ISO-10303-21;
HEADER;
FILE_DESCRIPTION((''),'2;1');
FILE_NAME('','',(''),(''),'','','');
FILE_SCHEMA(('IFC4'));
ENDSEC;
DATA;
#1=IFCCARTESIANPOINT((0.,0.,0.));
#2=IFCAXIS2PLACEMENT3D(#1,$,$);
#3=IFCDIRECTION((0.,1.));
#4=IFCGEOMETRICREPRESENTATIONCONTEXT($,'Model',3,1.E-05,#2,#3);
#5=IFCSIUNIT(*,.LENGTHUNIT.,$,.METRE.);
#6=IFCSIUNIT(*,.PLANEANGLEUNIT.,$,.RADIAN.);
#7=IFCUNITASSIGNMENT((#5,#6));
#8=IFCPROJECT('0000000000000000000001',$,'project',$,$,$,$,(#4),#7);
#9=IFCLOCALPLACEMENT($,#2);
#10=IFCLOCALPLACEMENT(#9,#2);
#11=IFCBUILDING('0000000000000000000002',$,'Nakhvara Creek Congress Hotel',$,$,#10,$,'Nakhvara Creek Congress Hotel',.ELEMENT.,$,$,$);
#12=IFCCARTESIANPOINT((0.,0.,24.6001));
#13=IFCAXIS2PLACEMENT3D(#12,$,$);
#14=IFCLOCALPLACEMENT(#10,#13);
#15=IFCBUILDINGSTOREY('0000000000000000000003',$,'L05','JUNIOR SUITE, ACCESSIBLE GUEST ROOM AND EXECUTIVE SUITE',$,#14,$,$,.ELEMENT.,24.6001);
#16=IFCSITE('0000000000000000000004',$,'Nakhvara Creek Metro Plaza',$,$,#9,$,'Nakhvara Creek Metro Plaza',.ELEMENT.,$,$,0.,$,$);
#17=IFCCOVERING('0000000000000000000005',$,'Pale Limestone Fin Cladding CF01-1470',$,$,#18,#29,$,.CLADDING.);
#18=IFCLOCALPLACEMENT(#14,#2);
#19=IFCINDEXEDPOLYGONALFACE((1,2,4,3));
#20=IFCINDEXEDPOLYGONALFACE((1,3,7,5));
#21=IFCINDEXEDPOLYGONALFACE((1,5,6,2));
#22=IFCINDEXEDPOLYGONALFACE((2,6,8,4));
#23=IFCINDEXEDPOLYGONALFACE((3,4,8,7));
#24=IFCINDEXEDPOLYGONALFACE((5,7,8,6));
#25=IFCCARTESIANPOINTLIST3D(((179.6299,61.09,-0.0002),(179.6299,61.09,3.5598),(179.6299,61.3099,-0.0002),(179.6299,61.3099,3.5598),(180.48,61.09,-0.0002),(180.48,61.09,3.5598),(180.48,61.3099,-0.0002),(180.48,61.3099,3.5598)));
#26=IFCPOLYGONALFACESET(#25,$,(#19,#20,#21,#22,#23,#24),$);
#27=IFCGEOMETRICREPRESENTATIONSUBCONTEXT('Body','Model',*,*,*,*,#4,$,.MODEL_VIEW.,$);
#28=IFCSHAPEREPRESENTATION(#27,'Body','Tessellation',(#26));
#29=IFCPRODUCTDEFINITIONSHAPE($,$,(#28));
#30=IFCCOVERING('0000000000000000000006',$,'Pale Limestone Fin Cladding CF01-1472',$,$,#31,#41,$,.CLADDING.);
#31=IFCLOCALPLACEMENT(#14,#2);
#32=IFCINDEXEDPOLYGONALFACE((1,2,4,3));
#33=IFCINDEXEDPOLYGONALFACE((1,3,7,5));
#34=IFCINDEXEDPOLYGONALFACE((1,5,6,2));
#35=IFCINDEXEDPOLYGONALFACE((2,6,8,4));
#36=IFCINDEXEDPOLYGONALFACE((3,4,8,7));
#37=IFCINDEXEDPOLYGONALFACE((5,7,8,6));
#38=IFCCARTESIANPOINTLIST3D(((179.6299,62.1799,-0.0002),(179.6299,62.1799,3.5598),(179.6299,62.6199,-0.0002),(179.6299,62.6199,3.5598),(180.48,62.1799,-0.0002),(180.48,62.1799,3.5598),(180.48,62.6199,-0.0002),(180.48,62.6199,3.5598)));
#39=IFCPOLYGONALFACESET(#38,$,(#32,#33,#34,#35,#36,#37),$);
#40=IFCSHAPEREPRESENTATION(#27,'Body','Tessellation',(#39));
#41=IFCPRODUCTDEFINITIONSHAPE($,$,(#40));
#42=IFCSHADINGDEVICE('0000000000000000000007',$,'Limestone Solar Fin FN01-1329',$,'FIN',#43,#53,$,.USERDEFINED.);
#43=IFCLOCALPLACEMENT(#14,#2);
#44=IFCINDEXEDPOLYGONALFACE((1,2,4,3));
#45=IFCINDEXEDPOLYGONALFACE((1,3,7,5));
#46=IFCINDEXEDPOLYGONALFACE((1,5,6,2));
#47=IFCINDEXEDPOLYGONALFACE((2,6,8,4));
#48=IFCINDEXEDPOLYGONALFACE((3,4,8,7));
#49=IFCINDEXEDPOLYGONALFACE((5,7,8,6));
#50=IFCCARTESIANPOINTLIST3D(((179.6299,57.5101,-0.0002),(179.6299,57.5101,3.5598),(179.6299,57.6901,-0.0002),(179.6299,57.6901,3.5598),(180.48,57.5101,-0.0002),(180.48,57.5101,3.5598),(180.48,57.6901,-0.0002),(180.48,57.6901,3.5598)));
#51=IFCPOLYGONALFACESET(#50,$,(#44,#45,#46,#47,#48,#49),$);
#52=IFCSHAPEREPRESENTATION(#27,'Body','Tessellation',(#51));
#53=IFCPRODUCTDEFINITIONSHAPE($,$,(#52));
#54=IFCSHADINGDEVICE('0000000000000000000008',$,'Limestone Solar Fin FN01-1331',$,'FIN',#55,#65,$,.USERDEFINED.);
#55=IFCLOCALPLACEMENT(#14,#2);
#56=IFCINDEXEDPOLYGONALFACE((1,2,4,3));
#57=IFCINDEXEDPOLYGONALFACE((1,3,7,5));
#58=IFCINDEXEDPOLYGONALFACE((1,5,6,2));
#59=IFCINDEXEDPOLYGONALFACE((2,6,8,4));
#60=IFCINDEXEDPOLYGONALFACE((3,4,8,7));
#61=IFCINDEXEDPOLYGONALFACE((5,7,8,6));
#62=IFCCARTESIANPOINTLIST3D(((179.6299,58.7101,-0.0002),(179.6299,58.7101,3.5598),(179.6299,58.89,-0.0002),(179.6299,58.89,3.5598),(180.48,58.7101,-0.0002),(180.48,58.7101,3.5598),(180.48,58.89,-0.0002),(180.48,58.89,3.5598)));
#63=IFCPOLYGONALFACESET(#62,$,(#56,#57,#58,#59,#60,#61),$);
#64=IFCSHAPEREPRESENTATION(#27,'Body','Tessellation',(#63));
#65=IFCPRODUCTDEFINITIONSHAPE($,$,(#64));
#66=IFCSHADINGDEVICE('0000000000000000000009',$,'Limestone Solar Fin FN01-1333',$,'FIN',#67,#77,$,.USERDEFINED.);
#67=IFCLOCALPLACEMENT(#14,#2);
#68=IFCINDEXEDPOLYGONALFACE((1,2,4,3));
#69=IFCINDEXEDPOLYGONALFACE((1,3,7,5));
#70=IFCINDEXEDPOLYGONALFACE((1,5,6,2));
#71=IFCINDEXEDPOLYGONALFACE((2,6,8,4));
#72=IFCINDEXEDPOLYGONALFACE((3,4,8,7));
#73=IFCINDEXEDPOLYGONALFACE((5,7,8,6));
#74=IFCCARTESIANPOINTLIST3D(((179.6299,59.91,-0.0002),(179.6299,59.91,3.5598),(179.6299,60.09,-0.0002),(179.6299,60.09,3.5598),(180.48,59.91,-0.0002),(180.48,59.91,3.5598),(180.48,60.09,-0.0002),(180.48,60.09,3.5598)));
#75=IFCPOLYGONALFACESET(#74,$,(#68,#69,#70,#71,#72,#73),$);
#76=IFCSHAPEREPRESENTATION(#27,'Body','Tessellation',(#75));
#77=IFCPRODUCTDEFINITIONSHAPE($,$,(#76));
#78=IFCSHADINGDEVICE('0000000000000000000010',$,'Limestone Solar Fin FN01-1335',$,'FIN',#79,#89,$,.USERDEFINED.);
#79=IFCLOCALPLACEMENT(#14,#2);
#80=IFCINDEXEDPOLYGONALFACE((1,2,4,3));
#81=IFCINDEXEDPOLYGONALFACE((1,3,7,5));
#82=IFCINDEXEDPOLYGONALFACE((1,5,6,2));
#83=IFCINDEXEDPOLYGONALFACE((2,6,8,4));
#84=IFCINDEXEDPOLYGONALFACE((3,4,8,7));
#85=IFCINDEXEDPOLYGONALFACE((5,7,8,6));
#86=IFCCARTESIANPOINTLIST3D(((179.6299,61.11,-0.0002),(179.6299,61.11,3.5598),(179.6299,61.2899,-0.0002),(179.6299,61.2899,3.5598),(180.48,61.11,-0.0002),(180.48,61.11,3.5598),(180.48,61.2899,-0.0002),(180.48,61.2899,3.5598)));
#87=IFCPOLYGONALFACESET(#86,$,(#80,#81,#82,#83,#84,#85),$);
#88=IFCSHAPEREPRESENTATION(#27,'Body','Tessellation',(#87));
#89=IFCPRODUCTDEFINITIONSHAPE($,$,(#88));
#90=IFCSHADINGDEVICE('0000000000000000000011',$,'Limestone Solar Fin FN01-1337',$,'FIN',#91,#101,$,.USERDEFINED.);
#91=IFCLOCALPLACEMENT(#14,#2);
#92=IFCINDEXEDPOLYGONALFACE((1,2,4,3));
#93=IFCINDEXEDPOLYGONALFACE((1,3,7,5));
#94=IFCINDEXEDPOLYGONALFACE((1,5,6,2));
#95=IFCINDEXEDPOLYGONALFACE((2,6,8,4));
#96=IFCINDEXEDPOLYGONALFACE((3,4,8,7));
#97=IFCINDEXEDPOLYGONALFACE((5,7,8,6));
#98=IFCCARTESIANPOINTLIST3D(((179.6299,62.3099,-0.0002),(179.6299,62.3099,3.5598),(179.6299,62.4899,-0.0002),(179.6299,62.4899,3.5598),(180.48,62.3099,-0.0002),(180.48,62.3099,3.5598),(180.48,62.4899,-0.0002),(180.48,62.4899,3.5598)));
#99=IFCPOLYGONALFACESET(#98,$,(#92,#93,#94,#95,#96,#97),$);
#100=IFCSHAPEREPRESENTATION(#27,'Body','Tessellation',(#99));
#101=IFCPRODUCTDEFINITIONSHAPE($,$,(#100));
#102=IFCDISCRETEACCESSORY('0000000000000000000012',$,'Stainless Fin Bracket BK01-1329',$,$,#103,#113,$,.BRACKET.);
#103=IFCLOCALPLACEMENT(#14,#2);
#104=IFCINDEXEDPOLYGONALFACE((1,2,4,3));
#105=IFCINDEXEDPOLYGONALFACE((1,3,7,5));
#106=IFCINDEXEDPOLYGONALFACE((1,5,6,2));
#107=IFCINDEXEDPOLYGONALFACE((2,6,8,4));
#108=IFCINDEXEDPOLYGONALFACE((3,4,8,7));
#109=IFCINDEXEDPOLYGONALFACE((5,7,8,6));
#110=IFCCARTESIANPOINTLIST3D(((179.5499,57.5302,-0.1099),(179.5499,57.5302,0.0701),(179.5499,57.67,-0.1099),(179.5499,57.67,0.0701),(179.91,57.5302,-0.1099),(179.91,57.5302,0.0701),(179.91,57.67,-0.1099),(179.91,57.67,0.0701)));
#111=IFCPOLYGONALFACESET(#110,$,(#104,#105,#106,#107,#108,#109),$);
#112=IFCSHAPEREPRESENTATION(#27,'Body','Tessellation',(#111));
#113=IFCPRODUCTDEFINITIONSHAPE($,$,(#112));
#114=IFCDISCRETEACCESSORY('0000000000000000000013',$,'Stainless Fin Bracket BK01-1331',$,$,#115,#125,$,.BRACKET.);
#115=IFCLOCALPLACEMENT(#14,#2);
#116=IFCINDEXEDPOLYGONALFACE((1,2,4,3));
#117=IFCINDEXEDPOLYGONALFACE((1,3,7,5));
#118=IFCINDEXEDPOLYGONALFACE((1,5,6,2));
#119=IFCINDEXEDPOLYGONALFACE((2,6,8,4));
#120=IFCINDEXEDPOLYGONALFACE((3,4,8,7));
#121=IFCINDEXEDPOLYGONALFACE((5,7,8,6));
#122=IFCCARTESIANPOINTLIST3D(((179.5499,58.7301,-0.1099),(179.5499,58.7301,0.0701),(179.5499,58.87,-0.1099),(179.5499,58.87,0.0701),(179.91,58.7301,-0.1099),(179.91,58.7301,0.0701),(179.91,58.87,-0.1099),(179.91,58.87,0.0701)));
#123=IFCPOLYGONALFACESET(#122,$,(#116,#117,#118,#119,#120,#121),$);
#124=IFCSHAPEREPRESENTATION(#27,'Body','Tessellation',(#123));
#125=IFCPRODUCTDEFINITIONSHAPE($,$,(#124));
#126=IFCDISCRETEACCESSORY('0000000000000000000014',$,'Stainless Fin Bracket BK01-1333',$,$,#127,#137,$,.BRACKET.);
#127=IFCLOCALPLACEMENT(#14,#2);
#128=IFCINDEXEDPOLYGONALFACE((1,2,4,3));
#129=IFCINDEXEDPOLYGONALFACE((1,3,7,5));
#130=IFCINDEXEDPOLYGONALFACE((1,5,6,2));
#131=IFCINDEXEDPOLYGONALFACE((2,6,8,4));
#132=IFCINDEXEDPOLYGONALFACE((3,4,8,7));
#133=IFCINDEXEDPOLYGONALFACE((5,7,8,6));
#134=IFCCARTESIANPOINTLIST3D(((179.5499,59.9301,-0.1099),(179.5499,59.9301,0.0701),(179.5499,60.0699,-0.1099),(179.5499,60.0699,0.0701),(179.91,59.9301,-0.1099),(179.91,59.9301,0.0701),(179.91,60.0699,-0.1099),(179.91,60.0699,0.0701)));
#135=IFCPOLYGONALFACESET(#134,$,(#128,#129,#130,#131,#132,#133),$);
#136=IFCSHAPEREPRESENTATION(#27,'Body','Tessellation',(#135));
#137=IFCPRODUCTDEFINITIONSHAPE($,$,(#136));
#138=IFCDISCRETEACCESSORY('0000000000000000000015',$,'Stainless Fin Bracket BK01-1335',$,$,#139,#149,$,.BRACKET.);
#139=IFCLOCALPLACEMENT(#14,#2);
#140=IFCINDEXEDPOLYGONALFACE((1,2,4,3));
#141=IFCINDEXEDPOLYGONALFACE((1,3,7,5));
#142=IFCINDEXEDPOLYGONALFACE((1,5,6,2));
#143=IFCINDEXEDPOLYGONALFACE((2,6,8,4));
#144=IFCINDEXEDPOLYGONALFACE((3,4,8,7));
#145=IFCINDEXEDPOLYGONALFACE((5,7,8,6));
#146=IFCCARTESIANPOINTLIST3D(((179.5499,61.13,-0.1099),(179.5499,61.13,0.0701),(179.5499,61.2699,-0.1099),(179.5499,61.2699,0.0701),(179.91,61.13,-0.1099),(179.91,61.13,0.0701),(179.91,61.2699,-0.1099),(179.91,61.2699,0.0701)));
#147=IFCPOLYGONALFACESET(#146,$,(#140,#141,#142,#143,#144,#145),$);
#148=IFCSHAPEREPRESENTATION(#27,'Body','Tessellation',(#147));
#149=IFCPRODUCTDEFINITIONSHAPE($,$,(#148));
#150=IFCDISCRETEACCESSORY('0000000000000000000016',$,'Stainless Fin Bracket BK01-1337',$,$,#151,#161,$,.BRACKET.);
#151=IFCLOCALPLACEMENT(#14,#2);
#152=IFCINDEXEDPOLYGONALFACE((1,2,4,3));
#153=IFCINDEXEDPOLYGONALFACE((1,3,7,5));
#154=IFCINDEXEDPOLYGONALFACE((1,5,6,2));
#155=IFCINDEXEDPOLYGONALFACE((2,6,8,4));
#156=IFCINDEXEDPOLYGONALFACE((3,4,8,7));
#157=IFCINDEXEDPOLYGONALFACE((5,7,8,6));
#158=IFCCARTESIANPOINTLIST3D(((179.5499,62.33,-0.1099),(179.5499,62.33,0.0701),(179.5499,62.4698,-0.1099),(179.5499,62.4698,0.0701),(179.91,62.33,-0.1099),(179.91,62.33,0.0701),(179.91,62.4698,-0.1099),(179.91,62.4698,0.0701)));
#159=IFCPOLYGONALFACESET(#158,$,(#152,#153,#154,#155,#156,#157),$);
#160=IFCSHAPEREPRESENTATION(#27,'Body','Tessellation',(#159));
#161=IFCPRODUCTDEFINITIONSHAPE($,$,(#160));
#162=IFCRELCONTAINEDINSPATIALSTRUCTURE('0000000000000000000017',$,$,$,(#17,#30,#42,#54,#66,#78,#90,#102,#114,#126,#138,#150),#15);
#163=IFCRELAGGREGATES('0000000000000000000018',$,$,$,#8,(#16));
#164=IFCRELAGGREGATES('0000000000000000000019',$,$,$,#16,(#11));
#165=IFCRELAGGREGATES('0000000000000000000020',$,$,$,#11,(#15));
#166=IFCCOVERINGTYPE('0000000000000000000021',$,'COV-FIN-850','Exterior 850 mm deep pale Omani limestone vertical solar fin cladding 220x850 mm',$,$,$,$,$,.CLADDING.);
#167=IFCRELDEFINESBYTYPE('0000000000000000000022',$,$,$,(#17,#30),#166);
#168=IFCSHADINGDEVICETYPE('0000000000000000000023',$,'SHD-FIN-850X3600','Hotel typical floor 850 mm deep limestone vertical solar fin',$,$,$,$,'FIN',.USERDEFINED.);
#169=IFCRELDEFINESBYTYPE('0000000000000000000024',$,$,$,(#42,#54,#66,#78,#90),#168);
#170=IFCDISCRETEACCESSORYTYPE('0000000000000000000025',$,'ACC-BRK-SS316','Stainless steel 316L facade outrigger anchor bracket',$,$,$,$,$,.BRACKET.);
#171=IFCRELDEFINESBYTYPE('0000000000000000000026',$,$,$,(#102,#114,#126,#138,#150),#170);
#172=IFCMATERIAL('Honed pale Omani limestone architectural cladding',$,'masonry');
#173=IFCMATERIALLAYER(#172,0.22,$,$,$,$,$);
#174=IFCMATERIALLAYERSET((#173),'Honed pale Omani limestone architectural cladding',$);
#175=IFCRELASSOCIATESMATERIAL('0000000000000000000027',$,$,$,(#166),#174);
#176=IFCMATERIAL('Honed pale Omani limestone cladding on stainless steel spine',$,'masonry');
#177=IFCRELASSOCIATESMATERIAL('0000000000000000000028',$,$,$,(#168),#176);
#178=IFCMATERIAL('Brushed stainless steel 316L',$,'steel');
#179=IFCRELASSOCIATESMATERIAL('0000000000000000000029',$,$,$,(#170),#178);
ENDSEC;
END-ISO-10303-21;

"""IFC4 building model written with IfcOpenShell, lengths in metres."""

from ifc_helpers import new_model, si_unit, direction, frame, origin, origin_2d, place, context, subcontext, project, spatial, rectangle, extrude, material, layer, layer_set, type_object, element, save


model = new_model("IFC4")

# Units and contexts
model_context = context("Model", 3, precision=1e-05, world=origin(), true_north=direction((0.0, 1.0)))
body_context = subcontext(model_context, "Body", "Model", "MODEL_VIEW")
ifc_project = project(units=[si_unit("LENGTHUNIT", "METRE"), si_unit("PLANEANGLEUNIT", "RADIAN")], contexts=[model_context])

# Site, building, storey
site_placement = place(None, origin())
site = spatial("IfcSite", under=ifc_project, at=site_placement, Name="Nakhvara Creek Metro Plaza", LongName="Nakhvara Creek Metro Plaza", CompositionType="ELEMENT", RefElevation=0.0)
building_placement = place(site_placement, origin())
building = spatial("IfcBuilding", under=site, at=building_placement, Name="Nakhvara Creek Congress Hotel", LongName="Nakhvara Creek Congress Hotel", CompositionType="ELEMENT")
storey_placement = place(building_placement, frame((0.0, 0.0, 24.6001)))
storey = spatial("IfcBuildingStorey", under=building, at=storey_placement, Name="L05", Description="JUNIOR SUITE, ACCESSIBLE GUEST ROOM AND EXECUTIVE SUITE", CompositionType="ELEMENT", Elevation=24.6001)

# Coverings
ifc_material_1 = material(Name="Honed pale Omani limestone architectural cladding", Category="masonry")
ifc_layer_1 = layer(ifc_material_1, 0.22)
ifc_layer_set_1 = layer_set([ifc_layer_1], Name="Honed pale Omani limestone architectural cladding")
covering_type = type_object("IfcCoveringType", Name="COV-FIN-850", Description="Exterior 850 mm deep pale Omani limestone vertical solar fin cladding 220x850 mm", PredefinedType="CLADDING", material=ifc_layer_set_1)
for number, where, z_axis, x_axis, name in (
    (1, (180.0549, 61.2, -0.0002), (0.0, 0.0, 1.0), (0.0, 1.0, 0.0), "Pale Limestone Fin Cladding CF01-1470"),
):
    element("IfcCovering", number, at=place(storey_placement, frame(where, z_axis=z_axis, x_axis=x_axis)), inside=storey, type_object=covering_type, Name=name, PredefinedType="CLADDING", context=body_context, shape_type="SweptSolid", body=[
        extrude(rectangle(XDim=0.22, YDim=0.8501, at=origin_2d()), origin(), (0.0, 0.0, 1.0), 3.5601),
    ])
covering_1_placement = place(storey_placement, frame((180.0549, 62.3999, -0.0002), z_axis=(0.0, 0.0, 1.0), x_axis=(0.0, 1.0, 0.0)))
element("IfcCovering", 2, at=covering_1_placement, inside=storey, type_object=covering_type, Name="Pale Limestone Fin Cladding CF01-1472", PredefinedType="CLADDING", context=body_context, shape_type="SweptSolid", body=[
    extrude(rectangle(XDim=0.4399, YDim=0.8501, at=origin_2d()), origin(), (0.0, 0.0, 1.0), 3.5601),
])

# Shading devices
ifc_material_2 = material(Name="Honed pale Omani limestone cladding on stainless steel spine", Category="masonry")
shading_device_type = type_object("IfcShadingDeviceType", Name="SHD-FIN-850X3600", Description="Hotel typical floor 850 mm deep limestone vertical solar fin", ElementType="FIN", PredefinedType="USERDEFINED", material=ifc_material_2)
for number, where, z_axis, x_axis, name in (
    (3, (180.0549, 57.6001, -0.0002), (0.0, 0.0, 1.0), (0.0, 1.0, 0.0), "Limestone Solar Fin FN01-1329"),
    (4, (180.0549, 58.8, -0.0002), (0.0, 0.0, 1.0), (0.0, 1.0, 0.0), "Limestone Solar Fin FN01-1331"),
    (5, (180.0549, 60.0, -0.0002), (0.0, 0.0, 1.0), (0.0, 1.0, 0.0), "Limestone Solar Fin FN01-1333"),
    (6, (180.0549, 61.2, -0.0002), (0.0, 0.0, 1.0), (0.0, 1.0, 0.0), "Limestone Solar Fin FN01-1335"),
    (7, (180.0549, 62.3999, -0.0002), (0.0, 0.0, 1.0), (0.0, 1.0, 0.0), "Limestone Solar Fin FN01-1337"),
):
    element("IfcShadingDevice", number, at=place(storey_placement, frame(where, z_axis=z_axis, x_axis=x_axis)), inside=storey, type_object=shading_device_type, Name=name, ObjectType="FIN", PredefinedType="USERDEFINED", context=body_context, shape_type="SweptSolid", body=[
        extrude(rectangle(XDim=0.1799, YDim=0.8501, at=origin_2d()), origin(), (0.0, 0.0, 1.0), 3.5601),
    ])

# Discrete accessories
ifc_material_3 = material(Name="Brushed stainless steel 316L", Category="steel")
discrete_accessory_type = type_object("IfcDiscreteAccessoryType", Name="ACC-BRK-SS316", Description="Stainless steel 316L facade outrigger anchor bracket", PredefinedType="BRACKET", material=ifc_material_3)
for number, where, z_axis, x_axis, name in (
    (8, (179.73, 57.6001, -0.1099), (0.0, 0.0, 1.0), (0.0, 1.0, 0.0), "Stainless Fin Bracket BK01-1329"),
    (9, (179.73, 58.8, -0.1099), (0.0, 0.0, 1.0), (0.0, 1.0, 0.0), "Stainless Fin Bracket BK01-1331"),
    (10, (179.73, 60.0, -0.1099), (0.0, 0.0, 1.0), (0.0, 1.0, 0.0), "Stainless Fin Bracket BK01-1333"),
    (11, (179.73, 61.2, -0.1099), (0.0, 0.0, 1.0), (0.0, 1.0, 0.0), "Stainless Fin Bracket BK01-1335"),
    (12, (179.73, 62.3999, -0.1099), (0.0, 0.0, 1.0), (0.0, 1.0, 0.0), "Stainless Fin Bracket BK01-1337"),
):
    element("IfcDiscreteAccessory", number, at=place(storey_placement, frame(where, z_axis=z_axis, x_axis=x_axis)), inside=storey, type_object=discrete_accessory_type, Name=name, PredefinedType="BRACKET", context=body_context, shape_type="SweptSolid", body=[
        extrude(rectangle(XDim=0.1399, YDim=0.3601, at=origin_2d()), origin(), (0.0, 0.0, 1.0), 0.1799),
    ])

save(model, "model.ifc")
